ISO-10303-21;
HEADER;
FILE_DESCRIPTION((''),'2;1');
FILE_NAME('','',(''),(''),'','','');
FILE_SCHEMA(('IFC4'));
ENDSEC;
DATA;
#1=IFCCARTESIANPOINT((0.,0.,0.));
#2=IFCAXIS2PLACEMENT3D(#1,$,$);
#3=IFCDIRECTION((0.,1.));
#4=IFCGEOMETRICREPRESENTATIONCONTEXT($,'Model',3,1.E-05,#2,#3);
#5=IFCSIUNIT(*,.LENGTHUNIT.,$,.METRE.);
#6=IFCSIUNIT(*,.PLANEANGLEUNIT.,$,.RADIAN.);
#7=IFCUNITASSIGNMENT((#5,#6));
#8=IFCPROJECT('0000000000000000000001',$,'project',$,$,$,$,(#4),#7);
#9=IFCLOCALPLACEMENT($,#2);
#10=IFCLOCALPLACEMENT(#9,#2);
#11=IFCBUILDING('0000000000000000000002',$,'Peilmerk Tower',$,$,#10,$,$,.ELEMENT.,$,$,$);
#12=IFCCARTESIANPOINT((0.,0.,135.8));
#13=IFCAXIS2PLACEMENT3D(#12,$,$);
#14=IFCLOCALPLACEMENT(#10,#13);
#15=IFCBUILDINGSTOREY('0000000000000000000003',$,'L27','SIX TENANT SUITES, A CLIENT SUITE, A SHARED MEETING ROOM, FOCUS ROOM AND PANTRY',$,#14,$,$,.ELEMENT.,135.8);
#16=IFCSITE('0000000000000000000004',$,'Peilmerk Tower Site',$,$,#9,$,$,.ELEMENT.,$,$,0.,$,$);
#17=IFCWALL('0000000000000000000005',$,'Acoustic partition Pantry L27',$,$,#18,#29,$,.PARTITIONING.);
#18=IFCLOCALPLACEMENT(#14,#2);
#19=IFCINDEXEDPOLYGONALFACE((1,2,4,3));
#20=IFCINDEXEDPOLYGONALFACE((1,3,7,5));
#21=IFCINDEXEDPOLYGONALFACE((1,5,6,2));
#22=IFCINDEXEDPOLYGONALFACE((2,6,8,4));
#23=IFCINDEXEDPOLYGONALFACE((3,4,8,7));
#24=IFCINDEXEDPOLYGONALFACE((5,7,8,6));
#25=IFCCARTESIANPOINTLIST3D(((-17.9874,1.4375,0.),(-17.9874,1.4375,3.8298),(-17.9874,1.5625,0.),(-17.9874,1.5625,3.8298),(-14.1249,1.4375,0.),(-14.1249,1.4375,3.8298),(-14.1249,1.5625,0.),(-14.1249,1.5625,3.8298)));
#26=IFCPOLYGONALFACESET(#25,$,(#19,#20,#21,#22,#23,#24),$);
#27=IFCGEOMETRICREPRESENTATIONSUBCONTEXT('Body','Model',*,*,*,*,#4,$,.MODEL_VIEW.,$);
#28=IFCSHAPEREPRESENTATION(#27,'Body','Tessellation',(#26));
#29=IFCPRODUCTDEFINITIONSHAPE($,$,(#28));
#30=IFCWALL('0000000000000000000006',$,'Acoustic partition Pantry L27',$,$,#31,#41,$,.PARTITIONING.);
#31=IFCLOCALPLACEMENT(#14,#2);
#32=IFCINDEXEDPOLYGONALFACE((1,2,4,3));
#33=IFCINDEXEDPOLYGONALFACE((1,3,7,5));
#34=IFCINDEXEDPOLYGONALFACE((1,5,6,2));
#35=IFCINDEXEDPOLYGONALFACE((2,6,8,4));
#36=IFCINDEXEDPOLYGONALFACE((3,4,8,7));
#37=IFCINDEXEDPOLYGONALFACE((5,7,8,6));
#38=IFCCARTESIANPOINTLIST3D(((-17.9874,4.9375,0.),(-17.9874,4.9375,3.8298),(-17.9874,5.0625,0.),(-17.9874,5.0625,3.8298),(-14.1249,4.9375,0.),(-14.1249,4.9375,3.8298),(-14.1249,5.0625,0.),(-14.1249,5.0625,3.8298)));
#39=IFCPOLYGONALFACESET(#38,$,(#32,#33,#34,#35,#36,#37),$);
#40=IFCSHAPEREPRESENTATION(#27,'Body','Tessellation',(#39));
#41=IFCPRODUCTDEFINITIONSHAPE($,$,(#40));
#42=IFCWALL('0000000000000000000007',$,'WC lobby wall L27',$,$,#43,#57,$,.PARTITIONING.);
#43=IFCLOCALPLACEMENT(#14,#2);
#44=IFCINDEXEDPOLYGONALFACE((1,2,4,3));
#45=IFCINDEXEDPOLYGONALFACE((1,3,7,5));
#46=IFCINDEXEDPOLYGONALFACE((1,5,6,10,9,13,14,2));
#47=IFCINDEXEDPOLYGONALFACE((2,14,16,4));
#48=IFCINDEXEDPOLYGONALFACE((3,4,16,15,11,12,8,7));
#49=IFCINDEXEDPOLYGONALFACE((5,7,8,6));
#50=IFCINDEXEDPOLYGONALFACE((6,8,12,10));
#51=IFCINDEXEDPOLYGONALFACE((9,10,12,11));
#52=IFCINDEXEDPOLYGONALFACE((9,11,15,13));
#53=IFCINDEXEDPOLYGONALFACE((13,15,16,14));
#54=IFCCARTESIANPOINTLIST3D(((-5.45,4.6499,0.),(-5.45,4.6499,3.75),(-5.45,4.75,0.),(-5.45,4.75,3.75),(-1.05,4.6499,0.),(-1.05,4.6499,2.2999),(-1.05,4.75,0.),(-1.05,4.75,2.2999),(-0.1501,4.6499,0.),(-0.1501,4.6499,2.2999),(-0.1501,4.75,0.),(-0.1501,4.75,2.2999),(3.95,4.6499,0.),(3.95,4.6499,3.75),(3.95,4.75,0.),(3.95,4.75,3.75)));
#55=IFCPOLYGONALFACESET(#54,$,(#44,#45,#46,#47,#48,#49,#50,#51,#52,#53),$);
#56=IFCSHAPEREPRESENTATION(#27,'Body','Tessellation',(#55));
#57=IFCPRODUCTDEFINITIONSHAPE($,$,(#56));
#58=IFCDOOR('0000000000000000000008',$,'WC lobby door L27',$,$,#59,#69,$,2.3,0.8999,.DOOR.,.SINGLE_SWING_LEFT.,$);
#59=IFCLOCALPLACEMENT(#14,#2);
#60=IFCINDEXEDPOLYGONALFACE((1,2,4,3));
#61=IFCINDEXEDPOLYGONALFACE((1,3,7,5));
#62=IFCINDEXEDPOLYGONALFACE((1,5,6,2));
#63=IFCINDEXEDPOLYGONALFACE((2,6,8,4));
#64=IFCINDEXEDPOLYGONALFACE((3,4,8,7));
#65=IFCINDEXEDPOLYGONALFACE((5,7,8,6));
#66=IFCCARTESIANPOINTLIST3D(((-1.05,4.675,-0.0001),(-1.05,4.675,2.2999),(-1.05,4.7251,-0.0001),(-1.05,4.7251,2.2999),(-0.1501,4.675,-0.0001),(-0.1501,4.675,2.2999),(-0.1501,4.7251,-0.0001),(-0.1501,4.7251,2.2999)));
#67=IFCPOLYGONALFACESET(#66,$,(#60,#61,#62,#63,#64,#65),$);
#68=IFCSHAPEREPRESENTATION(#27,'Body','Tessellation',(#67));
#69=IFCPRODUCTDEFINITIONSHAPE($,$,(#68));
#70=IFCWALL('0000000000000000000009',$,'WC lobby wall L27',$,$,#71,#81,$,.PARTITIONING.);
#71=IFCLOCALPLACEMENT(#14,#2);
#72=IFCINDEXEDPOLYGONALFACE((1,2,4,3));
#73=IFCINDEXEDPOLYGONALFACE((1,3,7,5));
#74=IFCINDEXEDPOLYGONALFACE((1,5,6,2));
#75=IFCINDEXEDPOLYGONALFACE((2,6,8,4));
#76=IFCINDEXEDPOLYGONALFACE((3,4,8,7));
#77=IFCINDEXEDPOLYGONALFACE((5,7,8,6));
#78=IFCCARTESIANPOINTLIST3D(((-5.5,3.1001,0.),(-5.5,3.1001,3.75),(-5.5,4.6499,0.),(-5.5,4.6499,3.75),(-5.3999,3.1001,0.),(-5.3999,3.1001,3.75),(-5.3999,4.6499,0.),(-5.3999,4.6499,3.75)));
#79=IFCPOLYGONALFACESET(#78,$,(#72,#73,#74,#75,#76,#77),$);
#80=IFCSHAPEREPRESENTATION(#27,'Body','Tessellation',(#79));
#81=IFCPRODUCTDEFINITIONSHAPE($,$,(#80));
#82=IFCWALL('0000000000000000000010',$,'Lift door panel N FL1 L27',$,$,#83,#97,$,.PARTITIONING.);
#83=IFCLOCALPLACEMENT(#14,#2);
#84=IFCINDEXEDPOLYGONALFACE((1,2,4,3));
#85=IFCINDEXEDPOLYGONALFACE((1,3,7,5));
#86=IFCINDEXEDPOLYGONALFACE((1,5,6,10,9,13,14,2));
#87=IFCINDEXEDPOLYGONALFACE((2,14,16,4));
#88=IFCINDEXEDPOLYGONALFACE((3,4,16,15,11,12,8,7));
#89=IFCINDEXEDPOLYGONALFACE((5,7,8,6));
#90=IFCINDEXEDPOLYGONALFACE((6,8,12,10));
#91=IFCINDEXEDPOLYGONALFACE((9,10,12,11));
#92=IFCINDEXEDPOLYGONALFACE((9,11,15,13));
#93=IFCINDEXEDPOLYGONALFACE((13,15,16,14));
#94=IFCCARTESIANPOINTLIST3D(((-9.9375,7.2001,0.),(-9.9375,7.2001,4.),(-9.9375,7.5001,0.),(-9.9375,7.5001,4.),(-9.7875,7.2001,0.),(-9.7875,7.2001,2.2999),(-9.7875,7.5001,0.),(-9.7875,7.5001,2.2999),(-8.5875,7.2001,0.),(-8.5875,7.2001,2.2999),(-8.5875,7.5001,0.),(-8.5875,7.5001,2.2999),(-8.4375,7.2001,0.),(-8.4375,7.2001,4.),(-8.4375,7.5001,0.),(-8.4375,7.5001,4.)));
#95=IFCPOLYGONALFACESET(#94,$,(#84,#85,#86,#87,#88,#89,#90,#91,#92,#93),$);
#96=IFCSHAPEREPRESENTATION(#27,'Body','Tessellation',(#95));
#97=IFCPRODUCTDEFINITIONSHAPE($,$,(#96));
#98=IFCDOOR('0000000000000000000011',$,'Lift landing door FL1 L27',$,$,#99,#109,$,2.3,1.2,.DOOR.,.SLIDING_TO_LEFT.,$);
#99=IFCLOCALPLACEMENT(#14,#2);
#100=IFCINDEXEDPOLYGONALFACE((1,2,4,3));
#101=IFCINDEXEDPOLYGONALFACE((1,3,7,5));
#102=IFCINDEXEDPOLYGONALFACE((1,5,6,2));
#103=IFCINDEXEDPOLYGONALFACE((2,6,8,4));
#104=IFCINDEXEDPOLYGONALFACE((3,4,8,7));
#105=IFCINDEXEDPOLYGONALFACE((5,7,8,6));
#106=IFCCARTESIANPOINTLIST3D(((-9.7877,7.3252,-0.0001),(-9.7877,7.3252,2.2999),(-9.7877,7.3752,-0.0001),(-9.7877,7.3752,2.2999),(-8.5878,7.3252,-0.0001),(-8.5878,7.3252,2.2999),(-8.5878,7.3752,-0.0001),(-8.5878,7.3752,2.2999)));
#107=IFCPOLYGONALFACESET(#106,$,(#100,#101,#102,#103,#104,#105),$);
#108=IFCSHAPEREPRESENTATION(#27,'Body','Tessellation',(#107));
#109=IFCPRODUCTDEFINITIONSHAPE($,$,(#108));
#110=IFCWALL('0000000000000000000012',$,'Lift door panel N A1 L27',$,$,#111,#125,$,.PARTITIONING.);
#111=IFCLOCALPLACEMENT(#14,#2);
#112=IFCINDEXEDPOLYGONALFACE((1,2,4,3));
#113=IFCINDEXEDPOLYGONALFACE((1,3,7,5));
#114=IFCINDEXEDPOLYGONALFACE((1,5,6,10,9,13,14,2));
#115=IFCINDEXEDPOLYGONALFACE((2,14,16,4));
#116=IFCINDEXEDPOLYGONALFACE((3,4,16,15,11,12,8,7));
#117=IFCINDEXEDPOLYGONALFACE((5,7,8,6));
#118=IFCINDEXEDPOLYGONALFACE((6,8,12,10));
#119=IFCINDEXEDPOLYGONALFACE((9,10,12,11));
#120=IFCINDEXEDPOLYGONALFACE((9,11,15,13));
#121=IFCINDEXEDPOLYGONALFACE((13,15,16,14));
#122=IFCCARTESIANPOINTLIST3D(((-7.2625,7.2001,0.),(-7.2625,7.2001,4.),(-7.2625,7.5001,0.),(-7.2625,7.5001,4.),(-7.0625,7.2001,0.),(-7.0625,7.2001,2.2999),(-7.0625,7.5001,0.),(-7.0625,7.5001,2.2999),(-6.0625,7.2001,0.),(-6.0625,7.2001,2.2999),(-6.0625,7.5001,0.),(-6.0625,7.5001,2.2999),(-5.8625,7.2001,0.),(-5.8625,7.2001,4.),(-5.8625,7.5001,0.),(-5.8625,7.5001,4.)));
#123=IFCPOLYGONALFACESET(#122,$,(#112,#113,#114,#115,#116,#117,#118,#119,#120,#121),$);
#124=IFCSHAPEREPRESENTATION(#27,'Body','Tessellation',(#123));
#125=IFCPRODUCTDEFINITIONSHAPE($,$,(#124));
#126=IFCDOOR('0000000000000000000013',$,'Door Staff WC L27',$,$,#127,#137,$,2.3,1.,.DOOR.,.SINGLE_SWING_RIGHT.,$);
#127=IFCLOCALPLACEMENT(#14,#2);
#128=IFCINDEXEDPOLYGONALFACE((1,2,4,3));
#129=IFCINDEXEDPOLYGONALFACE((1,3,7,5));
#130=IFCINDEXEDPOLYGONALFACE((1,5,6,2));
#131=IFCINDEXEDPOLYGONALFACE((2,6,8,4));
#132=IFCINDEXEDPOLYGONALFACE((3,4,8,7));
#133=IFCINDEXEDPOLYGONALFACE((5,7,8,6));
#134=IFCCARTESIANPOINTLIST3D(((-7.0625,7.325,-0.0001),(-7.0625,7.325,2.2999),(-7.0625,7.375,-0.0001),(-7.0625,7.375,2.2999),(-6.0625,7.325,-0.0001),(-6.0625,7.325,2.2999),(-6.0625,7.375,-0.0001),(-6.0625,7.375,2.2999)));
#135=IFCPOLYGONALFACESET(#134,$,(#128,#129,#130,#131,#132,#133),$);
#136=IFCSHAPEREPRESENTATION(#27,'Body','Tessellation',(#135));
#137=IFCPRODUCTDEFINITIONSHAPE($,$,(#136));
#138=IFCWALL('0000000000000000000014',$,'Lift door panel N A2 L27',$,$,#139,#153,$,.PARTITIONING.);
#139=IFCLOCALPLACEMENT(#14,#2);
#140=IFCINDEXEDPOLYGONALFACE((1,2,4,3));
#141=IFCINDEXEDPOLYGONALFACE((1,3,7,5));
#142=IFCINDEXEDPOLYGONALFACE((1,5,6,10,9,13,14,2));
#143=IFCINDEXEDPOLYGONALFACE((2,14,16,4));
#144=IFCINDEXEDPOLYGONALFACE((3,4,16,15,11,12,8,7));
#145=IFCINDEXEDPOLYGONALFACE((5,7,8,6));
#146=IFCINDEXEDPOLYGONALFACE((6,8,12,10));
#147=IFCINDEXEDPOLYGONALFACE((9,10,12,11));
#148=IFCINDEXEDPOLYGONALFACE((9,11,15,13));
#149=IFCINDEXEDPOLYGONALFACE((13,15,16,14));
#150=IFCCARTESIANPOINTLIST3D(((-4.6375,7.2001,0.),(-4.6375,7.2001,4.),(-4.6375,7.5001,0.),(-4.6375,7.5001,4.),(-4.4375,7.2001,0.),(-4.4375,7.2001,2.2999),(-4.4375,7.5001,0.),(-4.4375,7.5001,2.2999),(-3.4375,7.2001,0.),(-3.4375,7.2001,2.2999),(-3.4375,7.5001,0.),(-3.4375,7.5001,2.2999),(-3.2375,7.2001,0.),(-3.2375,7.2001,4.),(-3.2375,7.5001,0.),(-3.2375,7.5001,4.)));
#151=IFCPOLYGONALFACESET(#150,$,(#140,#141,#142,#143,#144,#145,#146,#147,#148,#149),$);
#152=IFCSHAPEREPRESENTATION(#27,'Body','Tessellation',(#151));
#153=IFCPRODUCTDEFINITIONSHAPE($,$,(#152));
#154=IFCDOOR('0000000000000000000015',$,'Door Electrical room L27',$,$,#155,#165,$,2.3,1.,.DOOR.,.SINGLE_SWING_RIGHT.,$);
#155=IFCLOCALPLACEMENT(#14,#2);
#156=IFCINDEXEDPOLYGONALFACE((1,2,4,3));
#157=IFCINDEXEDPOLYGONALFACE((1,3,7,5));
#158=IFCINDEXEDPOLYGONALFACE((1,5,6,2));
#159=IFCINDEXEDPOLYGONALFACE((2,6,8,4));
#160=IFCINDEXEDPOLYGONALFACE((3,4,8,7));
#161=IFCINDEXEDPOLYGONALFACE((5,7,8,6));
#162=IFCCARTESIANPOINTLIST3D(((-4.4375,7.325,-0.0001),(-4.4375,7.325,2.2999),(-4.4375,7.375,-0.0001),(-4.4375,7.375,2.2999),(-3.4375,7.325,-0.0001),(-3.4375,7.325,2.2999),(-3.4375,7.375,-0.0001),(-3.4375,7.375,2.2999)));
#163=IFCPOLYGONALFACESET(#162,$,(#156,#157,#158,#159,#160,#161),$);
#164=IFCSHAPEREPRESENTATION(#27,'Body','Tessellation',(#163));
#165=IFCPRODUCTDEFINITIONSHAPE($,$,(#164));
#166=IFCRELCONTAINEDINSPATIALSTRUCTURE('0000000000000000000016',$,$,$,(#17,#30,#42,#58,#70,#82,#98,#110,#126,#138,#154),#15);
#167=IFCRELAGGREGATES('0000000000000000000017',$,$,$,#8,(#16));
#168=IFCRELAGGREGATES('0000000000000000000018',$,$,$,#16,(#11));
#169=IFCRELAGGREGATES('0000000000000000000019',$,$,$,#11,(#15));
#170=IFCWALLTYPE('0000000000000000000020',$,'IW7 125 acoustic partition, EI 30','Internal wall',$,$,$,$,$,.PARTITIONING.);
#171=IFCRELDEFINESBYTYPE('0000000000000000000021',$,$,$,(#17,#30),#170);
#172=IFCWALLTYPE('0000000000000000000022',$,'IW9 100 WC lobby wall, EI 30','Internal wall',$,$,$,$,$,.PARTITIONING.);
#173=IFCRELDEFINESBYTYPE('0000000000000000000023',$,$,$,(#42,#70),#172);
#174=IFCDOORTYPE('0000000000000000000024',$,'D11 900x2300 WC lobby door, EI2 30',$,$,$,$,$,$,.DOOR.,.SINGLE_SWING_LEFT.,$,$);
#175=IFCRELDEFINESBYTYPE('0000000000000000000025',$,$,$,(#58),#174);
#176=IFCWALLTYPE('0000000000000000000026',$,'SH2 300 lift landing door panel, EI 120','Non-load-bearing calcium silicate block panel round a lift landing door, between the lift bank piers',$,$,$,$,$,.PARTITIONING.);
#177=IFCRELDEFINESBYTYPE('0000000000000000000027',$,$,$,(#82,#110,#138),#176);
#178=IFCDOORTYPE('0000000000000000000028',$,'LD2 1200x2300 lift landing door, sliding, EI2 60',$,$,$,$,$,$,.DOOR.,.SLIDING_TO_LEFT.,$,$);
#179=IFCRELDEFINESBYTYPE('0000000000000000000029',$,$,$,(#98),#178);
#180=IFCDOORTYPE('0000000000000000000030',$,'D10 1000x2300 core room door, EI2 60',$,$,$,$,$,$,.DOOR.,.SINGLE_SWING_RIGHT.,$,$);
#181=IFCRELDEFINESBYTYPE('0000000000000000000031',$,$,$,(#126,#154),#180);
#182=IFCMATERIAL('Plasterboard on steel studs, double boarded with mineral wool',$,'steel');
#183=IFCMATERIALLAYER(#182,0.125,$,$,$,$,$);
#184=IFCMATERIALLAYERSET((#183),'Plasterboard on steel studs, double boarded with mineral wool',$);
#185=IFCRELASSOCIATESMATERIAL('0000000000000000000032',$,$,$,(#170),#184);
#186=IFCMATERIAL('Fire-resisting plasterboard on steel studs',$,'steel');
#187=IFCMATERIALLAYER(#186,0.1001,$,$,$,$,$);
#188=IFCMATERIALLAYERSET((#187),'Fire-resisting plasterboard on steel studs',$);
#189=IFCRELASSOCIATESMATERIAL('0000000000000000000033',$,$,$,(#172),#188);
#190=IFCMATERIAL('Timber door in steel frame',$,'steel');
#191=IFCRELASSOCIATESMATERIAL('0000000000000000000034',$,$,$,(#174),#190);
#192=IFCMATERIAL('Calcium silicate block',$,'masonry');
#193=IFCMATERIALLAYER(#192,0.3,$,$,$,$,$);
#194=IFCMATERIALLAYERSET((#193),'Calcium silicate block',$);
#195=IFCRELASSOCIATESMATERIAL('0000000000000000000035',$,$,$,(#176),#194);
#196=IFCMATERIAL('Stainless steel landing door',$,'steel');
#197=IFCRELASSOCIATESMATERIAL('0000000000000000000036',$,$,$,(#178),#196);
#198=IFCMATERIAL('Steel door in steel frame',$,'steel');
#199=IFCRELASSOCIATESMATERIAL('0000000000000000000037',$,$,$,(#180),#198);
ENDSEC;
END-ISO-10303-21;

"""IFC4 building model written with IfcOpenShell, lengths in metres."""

from ifc_helpers import new_model, si_unit, direction, frame, frame_2d, origin, place, context, subcontext, project, spatial, rectangle, extrude, material, layer, layer_set, type_object, element, fill, save


model = new_model("IFC4")

# Units and contexts
model_context = context("Model", 3, precision=1e-05, world=origin(), true_north=direction((0.0, 1.0)))
body_context = subcontext(model_context, "Body", "Model", "MODEL_VIEW")
ifc_project = project(units=[si_unit("LENGTHUNIT", "METRE"), si_unit("PLANEANGLEUNIT", "RADIAN")], contexts=[model_context])

# Site, building, storey
site_placement = place(None, origin())
site = spatial("IfcSite", under=ifc_project, at=site_placement, Name="Peilmerk Tower Site", CompositionType="ELEMENT", RefElevation=0.0)
building_placement = place(site_placement, origin())
building = spatial("IfcBuilding", under=site, at=building_placement, Name="Peilmerk Tower", CompositionType="ELEMENT")
storey_placement = place(building_placement, frame((0.0, 0.0, 135.8)))
storey = spatial("IfcBuildingStorey", under=building, at=storey_placement, Name="L27", Description="SIX TENANT SUITES, A CLIENT SUITE, A SHARED MEETING ROOM, FOCUS ROOM AND PANTRY", CompositionType="ELEMENT", Elevation=135.8)

# Shared definitions
ifc_material_1 = material(Name="Steel door in steel frame", Category="steel")

# Shared definitions
ifc_material_2 = material(Name="Timber door in steel frame", Category="steel")

# Walls
ifc_material_3 = material(Name="Plasterboard on steel studs, double boarded with mineral wool", Category="steel")
ifc_layer_1 = layer(ifc_material_3, 0.125)
ifc_layer_set_1 = layer_set([ifc_layer_1], Name="Plasterboard on steel studs, double boarded with mineral wool")
wall_type_1 = type_object("IfcWallType", Name="IW7 125 acoustic partition, EI 30", Description="Internal wall", PredefinedType="PARTITIONING", material=ifc_layer_set_1)
for number, where, z_axis, x_axis, name in (
    (1, (-14.125, 1.5, 0.0), (0.0, 0.0, 1.0), (-1.0, 0.0, 0.0), "Acoustic partition Pantry L27"),
    (2, (-14.125, 5.0, 0.0), (0.0, 0.0, 1.0), (-1.0, 0.0, 0.0), "Acoustic partition Pantry L27"),
):
    element("IfcWall", number, at=place(storey_placement, frame(where, z_axis=z_axis, x_axis=x_axis)), inside=storey, type_object=wall_type_1, Name=name, PredefinedType="PARTITIONING", context=body_context, shape_type="SweptSolid", body=[
        extrude(rectangle(XDim=3.8625, YDim=0.125, at=frame_2d((1.9312, 0.0))), origin(), (0.0, 0.0, 1.0), 3.8298),
    ])

# Wall, opening, door
ifc_material_4 = material(Name="Fire-resisting plasterboard on steel studs", Category="steel")
ifc_layer_2 = layer(ifc_material_4, 0.1001)
ifc_layer_set_2 = layer_set([ifc_layer_2], Name="Fire-resisting plasterboard on steel studs")
wall_type_2 = type_object("IfcWallType", Name="IW9 100 WC lobby wall, EI 30", Description="Internal wall", PredefinedType="PARTITIONING", material=ifc_layer_set_2)
wall_1_placement = place(storey_placement, frame((-5.45, 4.7, 0.0), z_axis=(0.0, 0.0, 1.0), x_axis=(1.0, 0.0, 0.0)))
wall_1 = element("IfcWall", 3, at=wall_1_placement, inside=storey, type_object=wall_type_2, Name="WC lobby wall L27", PredefinedType="PARTITIONING", context=body_context, shape_type="SweptSolid", body=[
    extrude(rectangle(XDim=9.3999, YDim=0.1001, at=frame_2d((4.7, 0.0))), origin(), (0.0, 0.0, 1.0), 3.75),
])
opening_1_placement = place(wall_1_placement, frame((4.3999, 0.0, 0.0)))
opening_1 = element("IfcOpeningElement", 4, at=opening_1_placement, cuts=wall_1, PredefinedType="OPENING", context=body_context, shape_type="SweptSolid", body=[
    extrude(rectangle(XDim=0.8999, YDim=2.3, at=frame_2d((0.45, 1.1499))), frame((0.0, 0.0601, 0.0), z_axis=(0.0, -1.0, 0.0), x_axis=(1.0, 0.0, 0.0)), (0.0, 0.0, 1.0), 0.1201),
])
door_type_1 = type_object("IfcDoorType", Name="D11 900x2300 WC lobby door, EI2 30", OperationType="SINGLE_SWING_LEFT", PredefinedType="DOOR", material=ifc_material_2)
door_1_placement = place(opening_1_placement, frame((0.8999, 0.0, 0.0), z_axis=(0.0, 0.0, 1.0), x_axis=(-1.0, 0.0, 0.0)))
door_1 = element("IfcDoor", 5, at=door_1_placement, inside=storey, type_object=door_type_1, Name="WC lobby door L27", OperationType="SINGLE_SWING_LEFT", OverallHeight=2.3, OverallWidth=0.8999, PredefinedType="DOOR", context=body_context, shape_type="SweptSolid", body=[
    extrude(rectangle(XDim=0.8999, YDim=2.3, at=frame_2d((0.45, 1.1499))), frame((0.0, 0.0249, 0.0), z_axis=(0.0, -1.0, 0.0), x_axis=(1.0, 0.0, 0.0)), (0.0, 0.0, 1.0), 0.05),
])
fill(opening_1, door_1)

# Wall
wall_2_placement = place(storey_placement, frame((-5.45, 3.1001, 0.0), z_axis=(0.0, 0.0, 1.0), x_axis=(0.0, 1.0, 0.0)))
element("IfcWall", 6, at=wall_2_placement, inside=storey, type_object=wall_type_2, Name="WC lobby wall L27", PredefinedType="PARTITIONING", context=body_context, shape_type="SweptSolid", body=[
    extrude(rectangle(XDim=1.5498, YDim=0.1001, at=frame_2d((0.7749, 0.0))), origin(), (0.0, 0.0, 1.0), 3.75),
])

# Walls, openings, doors
ifc_material_5 = material(Name="Calcium silicate block", Category="masonry")
ifc_layer_3 = layer(ifc_material_5, 0.3)
ifc_layer_set_3 = layer_set([ifc_layer_3], Name="Calcium silicate block")
wall_type_3 = type_object("IfcWallType", Name="SH2 300 lift landing door panel, EI 120", Description="Non-load-bearing calcium silicate block panel round a lift landing door, between the lift bank piers", PredefinedType="PARTITIONING", material=ifc_layer_set_3)
wall_3_placement = place(storey_placement, frame((-9.9375, 7.3501, 0.0), z_axis=(0.0, 0.0, 1.0), x_axis=(1.0, 0.0, 0.0)))
wall_3 = element("IfcWall", 7, at=wall_3_placement, inside=storey, type_object=wall_type_3, Name="Lift door panel N FL1 L27", PredefinedType="PARTITIONING", context=body_context, shape_type="SweptSolid", body=[
    extrude(rectangle(XDim=1.5, YDim=0.3, at=frame_2d((0.75, 0.0))), origin(), (0.0, 0.0, 1.0), 4.0),
])
opening_2_placement = place(wall_3_placement, frame((0.1499, 0.0, 0.0)))
opening_2 = element("IfcOpeningElement", 8, at=opening_2_placement, cuts=wall_3, PredefinedType="OPENING", context=body_context, shape_type="SweptSolid", body=[
    extrude(rectangle(XDim=1.2, YDim=2.3, at=frame_2d((0.6001, 1.1499))), frame((0.0, 0.1599, 0.0), z_axis=(0.0, -1.0, 0.0), x_axis=(1.0, 0.0, 0.0)), (0.0, 0.0, 1.0), 0.3201),
])
ifc_material_6 = material(Name="Stainless steel landing door", Category="steel")
door_type_2 = type_object("IfcDoorType", Name="LD2 1200x2300 lift landing door, sliding, EI2 60", OperationType="SLIDING_TO_LEFT", PredefinedType="DOOR", material=ifc_material_6)
door_2_placement = place(opening_2_placement, frame((1.2, 0.0, 0.0), z_axis=(0.0, 0.0, 1.0), x_axis=(-1.0, 0.0, 0.0)))
door_2 = element("IfcDoor", 9, at=door_2_placement, inside=storey, type_object=door_type_2, Name="Lift landing door FL1 L27", OperationType="SLIDING_TO_LEFT", OverallHeight=2.3, OverallWidth=1.2, PredefinedType="DOOR", context=body_context, shape_type="SweptSolid", body=[
    extrude(rectangle(XDim=1.2, YDim=2.3, at=frame_2d((0.6001, 1.1499))), frame((0.0, 0.0249, 0.0), z_axis=(0.0, -1.0, 0.0), x_axis=(1.0, 0.0, 0.0)), (0.0, 0.0, 1.0), 0.05),
])
fill(opening_2, door_2)
wall_4_placement = place(storey_placement, frame((-7.2625, 7.3501, 0.0), z_axis=(0.0, 0.0, 1.0), x_axis=(1.0, 0.0, 0.0)))
wall_4 = element("IfcWall", 10, at=wall_4_placement, inside=storey, type_object=wall_type_3, Name="Lift door panel N A1 L27", PredefinedType="PARTITIONING", context=body_context, shape_type="SweptSolid", body=[
    extrude(rectangle(XDim=1.3999, YDim=0.3, at=frame_2d((0.7, 0.0))), origin(), (0.0, 0.0, 1.0), 4.0),
])
opening_3_placement = place(wall_4_placement, frame((0.2, 0.0, 0.0)))
opening_3 = element("IfcOpeningElement", 11, at=opening_3_placement, cuts=wall_4, PredefinedType="OPENING", context=body_context, shape_type="SweptSolid", body=[
    extrude(rectangle(XDim=1.0, YDim=2.3, at=frame_2d((0.5, 1.1499))), frame((0.0, 0.1599, 0.0), z_axis=(0.0, -1.0, 0.0), x_axis=(1.0, 0.0, 0.0)), (0.0, 0.0, 1.0), 0.3201),
])
door_type_3 = type_object("IfcDoorType", Name="D10 1000x2300 core room door, EI2 60", OperationType="SINGLE_SWING_RIGHT", PredefinedType="DOOR", material=ifc_material_1)
door_3_placement = place(opening_3_placement, origin())
door_3 = element("IfcDoor", 12, at=door_3_placement, inside=storey, type_object=door_type_3, Name="Door Staff WC L27", OperationType="SINGLE_SWING_RIGHT", OverallHeight=2.3, OverallWidth=1.0, PredefinedType="DOOR", context=body_context, shape_type="SweptSolid", body=[
    extrude(rectangle(XDim=1.0, YDim=2.3, at=frame_2d((0.5, 1.1499))), frame((0.0, 0.0249, 0.0), z_axis=(0.0, -1.0, 0.0), x_axis=(1.0, 0.0, 0.0)), (0.0, 0.0, 1.0), 0.05),
])
fill(opening_3, door_3)
wall_5_placement = place(storey_placement, frame((-4.6375, 7.3501, 0.0), z_axis=(0.0, 0.0, 1.0), x_axis=(1.0, 0.0, 0.0)))
wall_5 = element("IfcWall", 13, at=wall_5_placement, inside=storey, type_object=wall_type_3, Name="Lift door panel N A2 L27", PredefinedType="PARTITIONING", context=body_context, shape_type="SweptSolid", body=[
    extrude(rectangle(XDim=1.3999, YDim=0.3, at=frame_2d((0.7, 0.0))), origin(), (0.0, 0.0, 1.0), 4.0),
])
opening_4_placement = place(wall_5_placement, frame((0.2, 0.0, 0.0)))
opening_4 = element("IfcOpeningElement", 14, at=opening_4_placement, cuts=wall_5, PredefinedType="OPENING", context=body_context, shape_type="SweptSolid", body=[
    extrude(rectangle(XDim=1.0, YDim=2.3, at=frame_2d((0.5, 1.1499))), frame((0.0, 0.1599, 0.0), z_axis=(0.0, -1.0, 0.0), x_axis=(1.0, 0.0, 0.0)), (0.0, 0.0, 1.0), 0.3201),
])
door_4_placement = place(opening_4_placement, origin())
door_4 = element("IfcDoor", 15, at=door_4_placement, inside=storey, type_object=door_type_3, Name="Door Electrical room L27", OperationType="SINGLE_SWING_RIGHT", OverallHeight=2.3, OverallWidth=1.0, PredefinedType="DOOR", context=body_context, shape_type="SweptSolid", body=[
    extrude(rectangle(XDim=1.0, YDim=2.3, at=frame_2d((0.5, 1.1499))), frame((0.0, 0.0249, 0.0), z_axis=(0.0, -1.0, 0.0), x_axis=(1.0, 0.0, 0.0)), (0.0, 0.0, 1.0), 0.05),
])
fill(opening_4, door_4)

save(model, "model.ifc")
